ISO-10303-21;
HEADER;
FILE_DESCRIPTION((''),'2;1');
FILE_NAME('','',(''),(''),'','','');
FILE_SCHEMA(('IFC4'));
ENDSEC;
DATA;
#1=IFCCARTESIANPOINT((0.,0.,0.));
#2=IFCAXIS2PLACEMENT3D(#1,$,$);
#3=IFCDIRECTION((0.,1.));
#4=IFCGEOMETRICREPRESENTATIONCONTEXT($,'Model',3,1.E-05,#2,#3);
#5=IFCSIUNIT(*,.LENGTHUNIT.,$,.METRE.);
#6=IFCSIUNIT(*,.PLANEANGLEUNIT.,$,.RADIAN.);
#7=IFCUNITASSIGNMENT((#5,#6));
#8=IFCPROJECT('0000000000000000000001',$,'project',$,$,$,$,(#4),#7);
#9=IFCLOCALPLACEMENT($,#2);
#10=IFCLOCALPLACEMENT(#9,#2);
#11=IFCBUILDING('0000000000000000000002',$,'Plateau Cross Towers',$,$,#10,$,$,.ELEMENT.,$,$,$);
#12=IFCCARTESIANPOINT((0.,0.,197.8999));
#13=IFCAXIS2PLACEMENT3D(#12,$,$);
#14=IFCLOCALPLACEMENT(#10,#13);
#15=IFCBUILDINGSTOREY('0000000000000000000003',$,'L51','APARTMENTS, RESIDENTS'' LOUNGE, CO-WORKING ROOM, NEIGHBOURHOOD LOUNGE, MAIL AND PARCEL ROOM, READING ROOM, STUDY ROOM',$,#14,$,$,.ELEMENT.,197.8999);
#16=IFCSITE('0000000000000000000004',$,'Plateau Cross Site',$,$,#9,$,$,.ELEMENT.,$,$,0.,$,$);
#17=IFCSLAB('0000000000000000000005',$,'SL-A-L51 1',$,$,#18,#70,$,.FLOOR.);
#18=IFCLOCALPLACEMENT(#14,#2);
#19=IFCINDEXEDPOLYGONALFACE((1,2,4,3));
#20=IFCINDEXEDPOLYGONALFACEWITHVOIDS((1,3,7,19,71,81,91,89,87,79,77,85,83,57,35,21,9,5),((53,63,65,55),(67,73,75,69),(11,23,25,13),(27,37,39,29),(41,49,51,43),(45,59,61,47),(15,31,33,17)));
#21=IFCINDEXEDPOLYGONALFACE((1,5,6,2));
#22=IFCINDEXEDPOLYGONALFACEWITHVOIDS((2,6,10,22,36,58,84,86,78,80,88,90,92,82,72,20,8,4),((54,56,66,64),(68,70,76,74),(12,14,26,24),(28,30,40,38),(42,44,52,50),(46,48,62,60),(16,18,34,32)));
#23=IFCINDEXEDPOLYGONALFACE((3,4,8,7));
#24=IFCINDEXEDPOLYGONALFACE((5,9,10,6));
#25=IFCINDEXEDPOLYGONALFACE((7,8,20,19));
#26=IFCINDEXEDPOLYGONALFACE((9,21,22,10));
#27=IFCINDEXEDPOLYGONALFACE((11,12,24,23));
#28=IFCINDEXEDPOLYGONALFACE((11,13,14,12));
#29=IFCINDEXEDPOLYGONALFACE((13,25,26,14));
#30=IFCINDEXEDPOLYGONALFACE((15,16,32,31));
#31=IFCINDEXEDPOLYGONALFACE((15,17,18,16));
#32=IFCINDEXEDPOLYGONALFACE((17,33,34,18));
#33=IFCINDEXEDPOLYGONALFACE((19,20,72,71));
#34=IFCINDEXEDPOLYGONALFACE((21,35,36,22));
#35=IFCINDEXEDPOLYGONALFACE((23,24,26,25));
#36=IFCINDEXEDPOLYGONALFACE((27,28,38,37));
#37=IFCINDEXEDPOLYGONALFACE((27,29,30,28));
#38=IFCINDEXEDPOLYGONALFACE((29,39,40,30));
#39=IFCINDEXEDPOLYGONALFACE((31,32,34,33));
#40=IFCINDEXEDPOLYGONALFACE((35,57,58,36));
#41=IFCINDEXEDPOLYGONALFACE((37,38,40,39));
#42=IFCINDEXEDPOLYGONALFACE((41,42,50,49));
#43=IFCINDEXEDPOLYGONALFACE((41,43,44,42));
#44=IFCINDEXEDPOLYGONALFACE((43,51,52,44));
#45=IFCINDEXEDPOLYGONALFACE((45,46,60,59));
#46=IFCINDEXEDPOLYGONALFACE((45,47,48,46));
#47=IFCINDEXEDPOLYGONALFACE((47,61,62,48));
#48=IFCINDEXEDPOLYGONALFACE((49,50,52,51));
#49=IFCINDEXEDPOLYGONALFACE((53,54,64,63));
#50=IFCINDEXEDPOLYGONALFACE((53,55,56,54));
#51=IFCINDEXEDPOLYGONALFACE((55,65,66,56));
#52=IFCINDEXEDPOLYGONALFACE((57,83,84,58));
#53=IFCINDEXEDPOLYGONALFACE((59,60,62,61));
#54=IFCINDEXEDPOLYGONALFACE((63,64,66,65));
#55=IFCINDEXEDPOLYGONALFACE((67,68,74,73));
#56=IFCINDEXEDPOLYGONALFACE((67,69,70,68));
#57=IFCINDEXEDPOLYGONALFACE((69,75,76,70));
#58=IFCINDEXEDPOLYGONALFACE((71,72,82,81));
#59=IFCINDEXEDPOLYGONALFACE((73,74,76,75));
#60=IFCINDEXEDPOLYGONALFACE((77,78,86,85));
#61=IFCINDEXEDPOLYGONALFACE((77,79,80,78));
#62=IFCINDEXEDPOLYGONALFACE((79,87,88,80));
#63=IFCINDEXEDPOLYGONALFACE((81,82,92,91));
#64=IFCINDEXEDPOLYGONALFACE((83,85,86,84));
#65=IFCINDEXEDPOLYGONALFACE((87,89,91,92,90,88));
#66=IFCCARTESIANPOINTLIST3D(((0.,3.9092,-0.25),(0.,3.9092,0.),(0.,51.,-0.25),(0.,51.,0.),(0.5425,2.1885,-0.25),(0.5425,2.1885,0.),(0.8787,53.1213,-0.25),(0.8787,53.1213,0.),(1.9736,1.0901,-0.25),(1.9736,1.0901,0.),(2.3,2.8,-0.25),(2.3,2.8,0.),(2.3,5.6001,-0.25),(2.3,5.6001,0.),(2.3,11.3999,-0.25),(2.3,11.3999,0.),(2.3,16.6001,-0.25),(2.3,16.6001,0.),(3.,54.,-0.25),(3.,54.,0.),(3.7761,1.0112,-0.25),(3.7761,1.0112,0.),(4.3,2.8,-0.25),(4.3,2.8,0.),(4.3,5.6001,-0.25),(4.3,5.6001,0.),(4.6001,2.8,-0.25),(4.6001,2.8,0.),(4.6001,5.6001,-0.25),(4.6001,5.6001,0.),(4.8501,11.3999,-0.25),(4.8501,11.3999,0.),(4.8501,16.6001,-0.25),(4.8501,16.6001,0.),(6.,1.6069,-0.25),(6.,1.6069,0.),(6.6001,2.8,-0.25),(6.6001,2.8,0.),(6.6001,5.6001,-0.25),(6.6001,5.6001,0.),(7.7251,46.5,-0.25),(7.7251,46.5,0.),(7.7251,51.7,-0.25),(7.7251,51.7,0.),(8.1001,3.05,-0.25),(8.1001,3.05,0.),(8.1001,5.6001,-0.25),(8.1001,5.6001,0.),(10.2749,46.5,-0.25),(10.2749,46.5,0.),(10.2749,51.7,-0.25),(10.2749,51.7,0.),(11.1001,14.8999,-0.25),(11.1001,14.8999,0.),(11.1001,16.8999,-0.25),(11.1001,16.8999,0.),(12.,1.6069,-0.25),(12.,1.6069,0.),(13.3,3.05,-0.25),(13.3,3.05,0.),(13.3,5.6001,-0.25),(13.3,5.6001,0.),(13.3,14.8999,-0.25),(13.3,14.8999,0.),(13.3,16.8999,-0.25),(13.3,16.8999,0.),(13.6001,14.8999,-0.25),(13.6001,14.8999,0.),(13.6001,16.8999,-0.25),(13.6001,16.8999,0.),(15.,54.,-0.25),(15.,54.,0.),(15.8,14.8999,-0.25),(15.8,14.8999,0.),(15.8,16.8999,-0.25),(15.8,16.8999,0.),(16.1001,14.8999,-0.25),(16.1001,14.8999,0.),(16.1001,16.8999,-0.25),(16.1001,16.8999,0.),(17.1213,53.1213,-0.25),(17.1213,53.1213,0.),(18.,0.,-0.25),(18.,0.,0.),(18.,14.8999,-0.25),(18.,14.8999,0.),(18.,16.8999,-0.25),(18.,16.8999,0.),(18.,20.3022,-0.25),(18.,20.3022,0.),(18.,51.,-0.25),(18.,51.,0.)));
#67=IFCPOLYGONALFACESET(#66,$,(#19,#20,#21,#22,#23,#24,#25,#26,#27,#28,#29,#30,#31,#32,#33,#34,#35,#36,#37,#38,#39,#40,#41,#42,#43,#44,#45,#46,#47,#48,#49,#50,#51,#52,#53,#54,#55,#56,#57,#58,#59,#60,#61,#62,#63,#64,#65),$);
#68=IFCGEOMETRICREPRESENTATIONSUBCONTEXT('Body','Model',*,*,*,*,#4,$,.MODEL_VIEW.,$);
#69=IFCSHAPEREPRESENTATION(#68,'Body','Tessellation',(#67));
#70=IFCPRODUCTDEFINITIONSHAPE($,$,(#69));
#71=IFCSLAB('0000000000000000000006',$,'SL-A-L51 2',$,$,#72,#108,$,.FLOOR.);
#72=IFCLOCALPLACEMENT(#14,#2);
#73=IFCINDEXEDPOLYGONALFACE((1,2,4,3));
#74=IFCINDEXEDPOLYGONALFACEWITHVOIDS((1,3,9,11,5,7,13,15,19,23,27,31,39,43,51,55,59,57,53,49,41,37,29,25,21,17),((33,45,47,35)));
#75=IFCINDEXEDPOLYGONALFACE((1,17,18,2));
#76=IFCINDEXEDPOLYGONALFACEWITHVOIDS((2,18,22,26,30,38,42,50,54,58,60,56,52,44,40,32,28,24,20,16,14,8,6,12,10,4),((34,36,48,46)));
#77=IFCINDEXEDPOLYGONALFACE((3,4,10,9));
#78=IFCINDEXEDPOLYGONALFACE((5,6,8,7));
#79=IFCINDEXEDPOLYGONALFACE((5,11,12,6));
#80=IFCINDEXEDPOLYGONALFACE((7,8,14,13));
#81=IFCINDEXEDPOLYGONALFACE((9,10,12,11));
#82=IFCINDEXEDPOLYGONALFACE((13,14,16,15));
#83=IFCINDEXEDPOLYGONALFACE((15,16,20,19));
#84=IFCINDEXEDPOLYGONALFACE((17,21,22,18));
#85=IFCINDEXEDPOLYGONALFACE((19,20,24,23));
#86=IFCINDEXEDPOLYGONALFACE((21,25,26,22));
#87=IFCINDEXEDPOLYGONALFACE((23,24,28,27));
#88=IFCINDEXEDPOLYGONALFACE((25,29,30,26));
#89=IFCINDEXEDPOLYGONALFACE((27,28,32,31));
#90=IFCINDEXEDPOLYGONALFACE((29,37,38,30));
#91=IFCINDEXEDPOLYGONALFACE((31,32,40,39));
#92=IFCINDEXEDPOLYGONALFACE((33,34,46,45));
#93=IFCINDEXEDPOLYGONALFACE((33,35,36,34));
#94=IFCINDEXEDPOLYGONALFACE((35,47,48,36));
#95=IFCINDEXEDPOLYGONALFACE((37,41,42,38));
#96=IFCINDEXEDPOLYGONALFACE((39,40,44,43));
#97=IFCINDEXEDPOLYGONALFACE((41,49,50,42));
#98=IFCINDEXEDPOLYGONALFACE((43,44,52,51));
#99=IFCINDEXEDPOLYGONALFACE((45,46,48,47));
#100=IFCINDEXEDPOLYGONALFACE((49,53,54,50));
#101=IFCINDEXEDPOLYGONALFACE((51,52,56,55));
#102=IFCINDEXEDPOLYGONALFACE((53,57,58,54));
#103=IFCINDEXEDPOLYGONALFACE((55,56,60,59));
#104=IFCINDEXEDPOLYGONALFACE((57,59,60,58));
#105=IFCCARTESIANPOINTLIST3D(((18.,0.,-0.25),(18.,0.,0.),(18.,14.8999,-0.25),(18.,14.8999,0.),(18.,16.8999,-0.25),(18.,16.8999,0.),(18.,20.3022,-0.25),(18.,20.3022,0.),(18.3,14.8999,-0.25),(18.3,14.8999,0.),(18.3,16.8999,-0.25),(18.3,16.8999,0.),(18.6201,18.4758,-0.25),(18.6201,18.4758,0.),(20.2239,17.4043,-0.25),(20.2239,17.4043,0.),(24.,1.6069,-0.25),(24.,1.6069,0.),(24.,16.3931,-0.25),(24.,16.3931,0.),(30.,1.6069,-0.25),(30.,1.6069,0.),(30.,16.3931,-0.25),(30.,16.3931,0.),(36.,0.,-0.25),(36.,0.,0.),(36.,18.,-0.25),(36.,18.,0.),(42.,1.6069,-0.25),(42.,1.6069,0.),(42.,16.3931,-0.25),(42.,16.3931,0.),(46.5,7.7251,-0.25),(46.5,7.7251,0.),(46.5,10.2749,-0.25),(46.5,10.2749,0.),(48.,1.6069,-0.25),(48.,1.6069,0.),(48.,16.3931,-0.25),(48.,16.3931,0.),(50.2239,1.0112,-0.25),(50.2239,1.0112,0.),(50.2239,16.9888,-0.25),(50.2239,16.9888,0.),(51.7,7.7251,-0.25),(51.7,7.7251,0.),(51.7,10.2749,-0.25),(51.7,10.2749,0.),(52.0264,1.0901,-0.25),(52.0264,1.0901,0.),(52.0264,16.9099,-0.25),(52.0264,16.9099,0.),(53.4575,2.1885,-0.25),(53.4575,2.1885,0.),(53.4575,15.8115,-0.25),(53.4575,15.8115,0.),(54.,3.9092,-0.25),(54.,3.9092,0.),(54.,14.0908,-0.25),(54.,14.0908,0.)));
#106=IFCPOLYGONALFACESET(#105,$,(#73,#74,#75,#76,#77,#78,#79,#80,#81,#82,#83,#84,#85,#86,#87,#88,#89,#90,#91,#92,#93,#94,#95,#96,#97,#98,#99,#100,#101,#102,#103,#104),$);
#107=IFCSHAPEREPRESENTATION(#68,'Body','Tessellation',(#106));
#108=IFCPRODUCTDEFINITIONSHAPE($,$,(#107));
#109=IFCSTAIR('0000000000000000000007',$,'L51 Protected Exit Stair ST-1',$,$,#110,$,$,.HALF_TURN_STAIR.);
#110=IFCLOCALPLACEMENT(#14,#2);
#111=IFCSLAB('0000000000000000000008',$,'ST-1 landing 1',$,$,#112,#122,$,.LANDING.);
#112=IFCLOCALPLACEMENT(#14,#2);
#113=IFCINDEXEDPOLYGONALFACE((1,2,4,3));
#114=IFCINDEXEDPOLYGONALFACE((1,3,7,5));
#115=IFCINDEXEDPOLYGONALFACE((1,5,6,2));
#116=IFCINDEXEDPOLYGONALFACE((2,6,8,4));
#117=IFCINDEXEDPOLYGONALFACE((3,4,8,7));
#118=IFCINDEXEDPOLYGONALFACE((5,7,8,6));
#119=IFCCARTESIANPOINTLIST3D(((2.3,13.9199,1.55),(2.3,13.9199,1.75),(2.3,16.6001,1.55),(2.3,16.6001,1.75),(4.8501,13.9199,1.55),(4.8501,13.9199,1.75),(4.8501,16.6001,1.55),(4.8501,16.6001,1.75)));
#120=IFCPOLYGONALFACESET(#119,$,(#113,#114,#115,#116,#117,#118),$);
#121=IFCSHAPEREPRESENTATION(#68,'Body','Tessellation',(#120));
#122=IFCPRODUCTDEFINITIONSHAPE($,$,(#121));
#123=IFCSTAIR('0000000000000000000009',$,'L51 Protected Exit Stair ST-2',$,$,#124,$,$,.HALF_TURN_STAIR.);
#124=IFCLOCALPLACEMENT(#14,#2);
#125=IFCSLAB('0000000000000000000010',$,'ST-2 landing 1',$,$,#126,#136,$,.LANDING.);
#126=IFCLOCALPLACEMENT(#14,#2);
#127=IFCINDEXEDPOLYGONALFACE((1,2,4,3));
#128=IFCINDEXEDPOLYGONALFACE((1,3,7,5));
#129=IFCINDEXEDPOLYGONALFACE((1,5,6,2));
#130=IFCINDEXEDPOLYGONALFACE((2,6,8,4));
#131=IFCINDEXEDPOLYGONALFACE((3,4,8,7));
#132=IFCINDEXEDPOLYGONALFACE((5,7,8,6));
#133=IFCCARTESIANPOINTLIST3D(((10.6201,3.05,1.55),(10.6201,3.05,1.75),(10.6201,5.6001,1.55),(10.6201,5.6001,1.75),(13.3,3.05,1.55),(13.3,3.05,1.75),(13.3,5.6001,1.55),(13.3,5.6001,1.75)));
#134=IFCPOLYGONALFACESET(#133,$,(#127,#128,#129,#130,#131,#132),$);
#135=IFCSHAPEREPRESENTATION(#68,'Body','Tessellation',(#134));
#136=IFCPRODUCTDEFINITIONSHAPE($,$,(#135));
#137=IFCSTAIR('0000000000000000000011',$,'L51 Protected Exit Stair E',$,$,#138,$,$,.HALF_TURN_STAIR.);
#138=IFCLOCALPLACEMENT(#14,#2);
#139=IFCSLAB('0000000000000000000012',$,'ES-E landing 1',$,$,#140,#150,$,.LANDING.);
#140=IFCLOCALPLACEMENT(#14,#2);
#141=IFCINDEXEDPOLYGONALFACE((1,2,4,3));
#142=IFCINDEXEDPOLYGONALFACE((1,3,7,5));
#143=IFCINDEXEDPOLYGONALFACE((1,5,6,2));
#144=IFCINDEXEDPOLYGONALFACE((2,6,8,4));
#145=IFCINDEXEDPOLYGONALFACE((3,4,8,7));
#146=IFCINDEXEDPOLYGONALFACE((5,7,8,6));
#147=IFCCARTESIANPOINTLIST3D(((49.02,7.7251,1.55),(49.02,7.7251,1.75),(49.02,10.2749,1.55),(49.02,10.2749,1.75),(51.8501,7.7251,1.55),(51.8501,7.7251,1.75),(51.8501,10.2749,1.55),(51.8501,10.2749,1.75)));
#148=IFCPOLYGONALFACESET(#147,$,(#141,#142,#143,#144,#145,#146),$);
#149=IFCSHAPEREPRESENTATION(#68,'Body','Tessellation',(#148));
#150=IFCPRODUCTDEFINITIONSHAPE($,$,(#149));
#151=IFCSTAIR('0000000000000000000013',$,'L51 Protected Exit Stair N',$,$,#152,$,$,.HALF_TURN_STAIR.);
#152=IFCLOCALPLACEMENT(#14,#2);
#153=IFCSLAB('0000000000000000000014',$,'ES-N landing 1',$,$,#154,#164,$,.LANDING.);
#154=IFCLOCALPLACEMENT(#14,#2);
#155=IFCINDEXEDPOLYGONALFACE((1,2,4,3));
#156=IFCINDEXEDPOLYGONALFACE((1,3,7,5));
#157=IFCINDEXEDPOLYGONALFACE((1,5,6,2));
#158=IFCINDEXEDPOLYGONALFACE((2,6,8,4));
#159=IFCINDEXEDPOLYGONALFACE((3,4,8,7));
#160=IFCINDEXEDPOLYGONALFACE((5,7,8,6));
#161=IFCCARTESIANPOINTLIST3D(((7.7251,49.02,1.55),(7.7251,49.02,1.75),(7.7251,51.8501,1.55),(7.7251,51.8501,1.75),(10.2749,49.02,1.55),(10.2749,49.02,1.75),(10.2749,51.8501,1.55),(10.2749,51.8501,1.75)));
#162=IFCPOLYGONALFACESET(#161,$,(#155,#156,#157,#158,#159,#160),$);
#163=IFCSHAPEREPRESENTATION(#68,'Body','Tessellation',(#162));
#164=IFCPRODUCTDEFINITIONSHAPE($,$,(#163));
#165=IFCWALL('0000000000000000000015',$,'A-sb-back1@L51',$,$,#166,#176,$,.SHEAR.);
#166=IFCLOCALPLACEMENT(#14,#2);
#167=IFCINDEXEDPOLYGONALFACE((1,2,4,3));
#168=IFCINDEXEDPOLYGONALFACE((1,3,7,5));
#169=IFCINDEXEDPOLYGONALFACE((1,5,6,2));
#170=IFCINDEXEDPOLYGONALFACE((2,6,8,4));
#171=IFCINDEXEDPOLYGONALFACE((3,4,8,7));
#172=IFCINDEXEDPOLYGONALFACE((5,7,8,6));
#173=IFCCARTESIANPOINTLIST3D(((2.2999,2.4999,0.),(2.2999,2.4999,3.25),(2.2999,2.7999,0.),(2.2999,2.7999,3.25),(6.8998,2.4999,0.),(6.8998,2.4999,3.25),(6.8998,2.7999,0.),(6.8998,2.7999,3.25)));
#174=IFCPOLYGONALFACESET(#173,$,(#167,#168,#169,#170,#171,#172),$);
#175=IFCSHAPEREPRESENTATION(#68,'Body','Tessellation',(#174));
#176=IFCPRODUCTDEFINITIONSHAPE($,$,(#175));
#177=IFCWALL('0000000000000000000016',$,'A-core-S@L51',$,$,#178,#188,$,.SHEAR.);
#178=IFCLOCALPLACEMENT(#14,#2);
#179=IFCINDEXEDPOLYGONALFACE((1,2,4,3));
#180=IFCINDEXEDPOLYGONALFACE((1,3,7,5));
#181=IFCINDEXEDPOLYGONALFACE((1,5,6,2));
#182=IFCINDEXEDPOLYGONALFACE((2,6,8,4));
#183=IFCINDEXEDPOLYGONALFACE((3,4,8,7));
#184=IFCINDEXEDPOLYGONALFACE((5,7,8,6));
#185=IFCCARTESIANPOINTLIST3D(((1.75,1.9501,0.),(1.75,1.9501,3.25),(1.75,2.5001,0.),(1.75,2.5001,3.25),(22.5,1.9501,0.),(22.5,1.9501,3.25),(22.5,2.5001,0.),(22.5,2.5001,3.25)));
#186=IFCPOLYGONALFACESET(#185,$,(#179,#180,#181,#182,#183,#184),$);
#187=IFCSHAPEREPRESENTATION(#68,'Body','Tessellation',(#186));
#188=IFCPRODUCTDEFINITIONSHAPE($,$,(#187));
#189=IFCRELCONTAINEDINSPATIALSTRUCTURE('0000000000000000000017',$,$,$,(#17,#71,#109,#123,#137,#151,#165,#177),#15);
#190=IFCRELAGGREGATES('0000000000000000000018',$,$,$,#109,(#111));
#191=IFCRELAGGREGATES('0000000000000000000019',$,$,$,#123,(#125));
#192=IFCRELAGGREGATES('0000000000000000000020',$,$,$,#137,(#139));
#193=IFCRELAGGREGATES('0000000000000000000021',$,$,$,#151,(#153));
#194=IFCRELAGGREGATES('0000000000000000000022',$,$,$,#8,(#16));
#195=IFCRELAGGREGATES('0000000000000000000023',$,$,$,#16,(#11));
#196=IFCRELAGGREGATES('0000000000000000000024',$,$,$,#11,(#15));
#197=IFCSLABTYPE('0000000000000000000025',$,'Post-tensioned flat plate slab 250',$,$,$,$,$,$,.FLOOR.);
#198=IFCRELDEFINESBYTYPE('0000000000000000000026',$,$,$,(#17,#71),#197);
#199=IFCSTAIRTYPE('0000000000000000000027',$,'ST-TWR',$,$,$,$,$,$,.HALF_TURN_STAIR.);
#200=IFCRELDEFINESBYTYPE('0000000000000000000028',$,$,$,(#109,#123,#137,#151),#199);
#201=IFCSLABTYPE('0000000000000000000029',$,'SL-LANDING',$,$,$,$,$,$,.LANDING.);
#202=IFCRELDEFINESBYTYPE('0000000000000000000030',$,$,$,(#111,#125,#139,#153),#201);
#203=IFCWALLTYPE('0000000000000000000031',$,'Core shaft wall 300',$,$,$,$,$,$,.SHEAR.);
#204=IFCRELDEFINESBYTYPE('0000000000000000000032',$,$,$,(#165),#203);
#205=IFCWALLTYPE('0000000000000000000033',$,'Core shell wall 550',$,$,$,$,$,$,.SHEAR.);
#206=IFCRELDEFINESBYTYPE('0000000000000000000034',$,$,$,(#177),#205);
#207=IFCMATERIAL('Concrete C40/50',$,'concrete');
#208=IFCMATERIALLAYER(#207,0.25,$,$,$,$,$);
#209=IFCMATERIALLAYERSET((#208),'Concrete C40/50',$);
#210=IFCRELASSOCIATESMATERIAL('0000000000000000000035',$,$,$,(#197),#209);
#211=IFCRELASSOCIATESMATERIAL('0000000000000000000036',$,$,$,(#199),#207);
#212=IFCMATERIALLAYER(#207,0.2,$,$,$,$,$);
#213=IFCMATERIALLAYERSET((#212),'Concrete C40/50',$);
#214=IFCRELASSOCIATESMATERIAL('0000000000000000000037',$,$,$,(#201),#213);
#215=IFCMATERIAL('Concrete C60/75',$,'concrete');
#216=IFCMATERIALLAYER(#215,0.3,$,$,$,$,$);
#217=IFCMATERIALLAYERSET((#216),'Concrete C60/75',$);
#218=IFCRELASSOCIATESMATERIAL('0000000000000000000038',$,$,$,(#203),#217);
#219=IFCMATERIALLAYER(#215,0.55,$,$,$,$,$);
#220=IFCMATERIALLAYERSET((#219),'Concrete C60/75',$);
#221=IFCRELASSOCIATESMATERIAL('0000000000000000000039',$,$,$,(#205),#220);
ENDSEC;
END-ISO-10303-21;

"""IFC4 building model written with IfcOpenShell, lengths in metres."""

from ifc_helpers import new_model, si_unit, direction, frame, frame_2d, origin, place, context, subcontext, project, spatial, polyline, rectangle, outline, extrude, material, layer, layer_set, type_object, element, aggregate, save


model = new_model("IFC4")

# Units and contexts
model_context = context("Model", 3, precision=1e-05, world=origin(), true_north=direction((0.0, 1.0)))
body_context = subcontext(model_context, "Body", "Model", "MODEL_VIEW")
ifc_project = project(units=[si_unit("LENGTHUNIT", "METRE"), si_unit("PLANEANGLEUNIT", "RADIAN")], contexts=[model_context])

# Site, building, storey
site_placement = place(None, origin())
site = spatial("IfcSite", under=ifc_project, at=site_placement, Name="Plateau Cross Site", CompositionType="ELEMENT", RefElevation=0.0)
building_placement = place(site_placement, origin())
building = spatial("IfcBuilding", under=site, at=building_placement, Name="Plateau Cross Towers", CompositionType="ELEMENT")
storey_placement = place(building_placement, frame((0.0, 0.0, 197.8999)))
storey = spatial("IfcBuildingStorey", under=building, at=storey_placement, Name="L51", Description="APARTMENTS, RESIDENTS' LOUNGE, CO-WORKING ROOM, NEIGHBOURHOOD LOUNGE, MAIL AND PARCEL ROOM, READING ROOM, STUDY ROOM", CompositionType="ELEMENT", Elevation=197.8999)

# Shared definitions
ifc_material_1 = material(Name="Concrete C60/75", Category="concrete")

# Shared definitions
ifc_material_2 = material(Name="Concrete C40/50", Category="concrete")

# Slabs
ifc_layer_1 = layer(ifc_material_2, 0.25)
ifc_layer_set_1 = layer_set([ifc_layer_1], Name="Concrete C40/50")
slab_type_1 = type_object("IfcSlabType", Name="Post-tensioned flat plate slab 250", PredefinedType="FLOOR", material=ifc_layer_set_1)
slab_1_placement = place(storey_placement, frame((0.0, 0.0, -0.25)))
element("IfcSlab", 1, at=slab_1_placement, inside=storey, type_object=slab_type_1, Name="SL-A-L51 1", PredefinedType="FLOOR", context=body_context, shape_type="SweptSolid", body=[
    extrude(outline(polyline([(0.5425, 2.1885), (0.0, 3.9092), (0.0, 51.0), (0.8787, 53.1213), (3.0, 54.0), (15.0, 54.0), (17.1213, 53.1213), (18.0, 51.0), (18.0, 20.3022), (18.0, 16.8999), (16.1001, 16.8999), (16.1001, 14.8999), (18.0, 14.8999), (18.0, 0.0), (12.0, 1.6069), (6.0, 1.6069), (3.7761, 1.0112), (1.9736, 1.0901), (0.5425, 2.1885)]), holes=[polyline([(2.3, 5.6001), (2.3, 2.8), (4.3, 2.8), (4.3, 5.6001), (2.3, 5.6001)]), polyline([(4.6001, 5.6001), (4.6001, 2.8), (6.6001, 2.8), (6.6001, 5.6001), (4.6001, 5.6001)]), polyline([(8.1001, 5.6001), (8.1001, 3.05), (13.3, 3.05), (13.3, 5.6001), (8.1001, 5.6001)]), polyline([(2.3, 11.3999), (4.8501, 11.3999), (4.8501, 16.6001), (2.3, 16.6001), (2.3, 11.3999)]), polyline([(11.1001, 16.8999), (11.1001, 14.8999), (13.3, 14.8999), (13.3, 16.8999), (11.1001, 16.8999)]), polyline([(13.6001, 16.8999), (13.6001, 14.8999), (15.8, 14.8999), (15.8, 16.8999), (13.6001, 16.8999)]), polyline([(7.7251, 51.7), (7.7251, 46.5), (10.2749, 46.5), (10.2749, 51.7), (7.7251, 51.7)])]), origin(), (0.0, 0.0, 1.0), 0.25),
])
slab_2_placement = place(storey_placement, frame((0.0, 0.0, -0.25)))
element("IfcSlab", 2, at=slab_2_placement, inside=storey, type_object=slab_type_1, Name="SL-A-L51 2", PredefinedType="FLOOR", context=body_context, shape_type="SweptSolid", body=[
    extrude(outline(polyline([(18.6201, 18.4758), (20.2239, 17.4043), (24.0, 16.3931), (30.0, 16.3931), (36.0, 18.0), (42.0, 16.3931), (48.0, 16.3931), (50.2239, 16.9888), (52.0264, 16.9099), (53.4575, 15.8115), (54.0, 14.0908), (54.0, 3.9092), (53.4575, 2.1885), (52.0264, 1.0901), (50.2239, 1.0112), (48.0, 1.6069), (42.0, 1.6069), (36.0, 0.0), (30.0, 1.6069), (24.0, 1.6069), (18.0, 0.0), (18.0, 14.8999), (18.3, 14.8999), (18.3, 16.8999), (18.0, 16.8999), (18.0, 20.3022), (18.6201, 18.4758)]), holes=[polyline([(46.5, 10.2749), (46.5, 7.7251), (51.7, 7.7251), (51.7, 10.2749), (46.5, 10.2749)])]), origin(), (0.0, 0.0, 1.0), 0.25),
])

# Stairs, slabs
stair_type = type_object("IfcStairType", Name="ST-TWR", PredefinedType="HALF_TURN_STAIR", material=ifc_material_2)
stair_1_placement = place(storey_placement, origin())
stair_1 = element("IfcStair", 3, at=stair_1_placement, inside=storey, type_object=stair_type, Name="L51 Protected Exit Stair ST-1", PredefinedType="HALF_TURN_STAIR")
ifc_layer_2 = layer(ifc_material_2, 0.2)
ifc_layer_set_2 = layer_set([ifc_layer_2], Name="Concrete C40/50")
slab_type_2 = type_object("IfcSlabType", Name="SL-LANDING", PredefinedType="LANDING", material=ifc_layer_set_2)
slab_3_placement = place(storey_placement, frame((0.0, 0.0, 1.55)))
slab_3 = element("IfcSlab", 4, at=slab_3_placement, type_object=slab_type_2, Name="ST-1 landing 1", PredefinedType="LANDING", context=body_context, shape_type="SweptSolid", body=[
    extrude(outline(polyline([(4.8501, 13.9199), (4.8501, 16.6001), (2.3, 16.6001), (2.3, 13.9199), (4.8501, 13.9199)])), origin(), (0.0, 0.0, 1.0), 0.2),
])
aggregate(stair_1, [slab_3])
stair_2_placement = place(storey_placement, origin())
stair_2 = element("IfcStair", 5, at=stair_2_placement, inside=storey, type_object=stair_type, Name="L51 Protected Exit Stair ST-2", PredefinedType="HALF_TURN_STAIR")
slab_4_placement = place(storey_placement, frame((0.0, 0.0, 1.55)))
slab_4 = element("IfcSlab", 6, at=slab_4_placement, type_object=slab_type_2, Name="ST-2 landing 1", PredefinedType="LANDING", context=body_context, shape_type="SweptSolid", body=[
    extrude(outline(polyline([(10.6201, 3.05), (13.3, 3.05), (13.3, 5.6001), (10.6201, 5.6001), (10.6201, 3.05)])), origin(), (0.0, 0.0, 1.0), 0.2),
])
aggregate(stair_2, [slab_4])
stair_3_placement = place(storey_placement, origin())
stair_3 = element("IfcStair", 7, at=stair_3_placement, inside=storey, type_object=stair_type, Name="L51 Protected Exit Stair E", PredefinedType="HALF_TURN_STAIR")
slab_5_placement = place(storey_placement, frame((0.0, 0.0, 1.55)))
slab_5 = element("IfcSlab", 8, at=slab_5_placement, type_object=slab_type_2, Name="ES-E landing 1", PredefinedType="LANDING", context=body_context, shape_type="SweptSolid", body=[
    extrude(outline(polyline([(49.02, 7.7251), (51.8501, 7.7251), (51.8501, 10.2749), (49.02, 10.2749), (49.02, 7.7251)])), origin(), (0.0, 0.0, 1.0), 0.2),
])
aggregate(stair_3, [slab_5])
stair_4_placement = place(storey_placement, origin())
stair_4 = element("IfcStair", 9, at=stair_4_placement, inside=storey, type_object=stair_type, Name="L51 Protected Exit Stair N", PredefinedType="HALF_TURN_STAIR")
slab_6_placement = place(storey_placement, frame((0.0, 0.0, 1.55)))
slab_6 = element("IfcSlab", 10, at=slab_6_placement, type_object=slab_type_2, Name="ES-N landing 1", PredefinedType="LANDING", context=body_context, shape_type="SweptSolid", body=[
    extrude(outline(polyline([(10.2749, 49.02), (10.2749, 51.8501), (7.7251, 51.8501), (7.7251, 49.02), (10.2749, 49.02)])), origin(), (0.0, 0.0, 1.0), 0.2),
])
aggregate(stair_4, [slab_6])

# Walls
ifc_layer_3 = layer(ifc_material_1, 0.3)
ifc_layer_set_3 = layer_set([ifc_layer_3], Name="Concrete C60/75")
wall_type_1 = type_object("IfcWallType", Name="Core shaft wall 300", PredefinedType="SHEAR", material=ifc_layer_set_3)
wall_1_placement = place(storey_placement, frame((2.3, 2.6499, 0.0), z_axis=(0.0, 0.0, 1.0), x_axis=(1.0, 0.0, 0.0)))
element("IfcWall", 11, at=wall_1_placement, inside=storey, type_object=wall_type_1, Name="A-sb-back1@L51", PredefinedType="SHEAR", context=body_context, shape_type="SweptSolid", body=[
    extrude(rectangle(XDim=4.5999, YDim=0.3, at=frame_2d((2.2998, 0.0))), origin(), (0.0, 0.0, 1.0), 3.25),
])
ifc_layer_4 = layer(ifc_material_1, 0.55)
ifc_layer_set_4 = layer_set([ifc_layer_4], Name="Concrete C60/75")
wall_type_2 = type_object("IfcWallType", Name="Core shell wall 550", PredefinedType="SHEAR", material=ifc_layer_set_4)
wall_2_placement = place(storey_placement, frame((1.75, 2.2251, 0.0), z_axis=(0.0, 0.0, 1.0), x_axis=(1.0, 0.0, 0.0)))
element("IfcWall", 12, at=wall_2_placement, inside=storey, type_object=wall_type_2, Name="A-core-S@L51", PredefinedType="SHEAR", context=body_context, shape_type="SweptSolid", body=[
    extrude(rectangle(XDim=20.75, YDim=0.55, at=frame_2d((10.375, 0.0))), origin(), (0.0, 0.0, 1.0), 3.25),
])

save(model, "model.ifc")
